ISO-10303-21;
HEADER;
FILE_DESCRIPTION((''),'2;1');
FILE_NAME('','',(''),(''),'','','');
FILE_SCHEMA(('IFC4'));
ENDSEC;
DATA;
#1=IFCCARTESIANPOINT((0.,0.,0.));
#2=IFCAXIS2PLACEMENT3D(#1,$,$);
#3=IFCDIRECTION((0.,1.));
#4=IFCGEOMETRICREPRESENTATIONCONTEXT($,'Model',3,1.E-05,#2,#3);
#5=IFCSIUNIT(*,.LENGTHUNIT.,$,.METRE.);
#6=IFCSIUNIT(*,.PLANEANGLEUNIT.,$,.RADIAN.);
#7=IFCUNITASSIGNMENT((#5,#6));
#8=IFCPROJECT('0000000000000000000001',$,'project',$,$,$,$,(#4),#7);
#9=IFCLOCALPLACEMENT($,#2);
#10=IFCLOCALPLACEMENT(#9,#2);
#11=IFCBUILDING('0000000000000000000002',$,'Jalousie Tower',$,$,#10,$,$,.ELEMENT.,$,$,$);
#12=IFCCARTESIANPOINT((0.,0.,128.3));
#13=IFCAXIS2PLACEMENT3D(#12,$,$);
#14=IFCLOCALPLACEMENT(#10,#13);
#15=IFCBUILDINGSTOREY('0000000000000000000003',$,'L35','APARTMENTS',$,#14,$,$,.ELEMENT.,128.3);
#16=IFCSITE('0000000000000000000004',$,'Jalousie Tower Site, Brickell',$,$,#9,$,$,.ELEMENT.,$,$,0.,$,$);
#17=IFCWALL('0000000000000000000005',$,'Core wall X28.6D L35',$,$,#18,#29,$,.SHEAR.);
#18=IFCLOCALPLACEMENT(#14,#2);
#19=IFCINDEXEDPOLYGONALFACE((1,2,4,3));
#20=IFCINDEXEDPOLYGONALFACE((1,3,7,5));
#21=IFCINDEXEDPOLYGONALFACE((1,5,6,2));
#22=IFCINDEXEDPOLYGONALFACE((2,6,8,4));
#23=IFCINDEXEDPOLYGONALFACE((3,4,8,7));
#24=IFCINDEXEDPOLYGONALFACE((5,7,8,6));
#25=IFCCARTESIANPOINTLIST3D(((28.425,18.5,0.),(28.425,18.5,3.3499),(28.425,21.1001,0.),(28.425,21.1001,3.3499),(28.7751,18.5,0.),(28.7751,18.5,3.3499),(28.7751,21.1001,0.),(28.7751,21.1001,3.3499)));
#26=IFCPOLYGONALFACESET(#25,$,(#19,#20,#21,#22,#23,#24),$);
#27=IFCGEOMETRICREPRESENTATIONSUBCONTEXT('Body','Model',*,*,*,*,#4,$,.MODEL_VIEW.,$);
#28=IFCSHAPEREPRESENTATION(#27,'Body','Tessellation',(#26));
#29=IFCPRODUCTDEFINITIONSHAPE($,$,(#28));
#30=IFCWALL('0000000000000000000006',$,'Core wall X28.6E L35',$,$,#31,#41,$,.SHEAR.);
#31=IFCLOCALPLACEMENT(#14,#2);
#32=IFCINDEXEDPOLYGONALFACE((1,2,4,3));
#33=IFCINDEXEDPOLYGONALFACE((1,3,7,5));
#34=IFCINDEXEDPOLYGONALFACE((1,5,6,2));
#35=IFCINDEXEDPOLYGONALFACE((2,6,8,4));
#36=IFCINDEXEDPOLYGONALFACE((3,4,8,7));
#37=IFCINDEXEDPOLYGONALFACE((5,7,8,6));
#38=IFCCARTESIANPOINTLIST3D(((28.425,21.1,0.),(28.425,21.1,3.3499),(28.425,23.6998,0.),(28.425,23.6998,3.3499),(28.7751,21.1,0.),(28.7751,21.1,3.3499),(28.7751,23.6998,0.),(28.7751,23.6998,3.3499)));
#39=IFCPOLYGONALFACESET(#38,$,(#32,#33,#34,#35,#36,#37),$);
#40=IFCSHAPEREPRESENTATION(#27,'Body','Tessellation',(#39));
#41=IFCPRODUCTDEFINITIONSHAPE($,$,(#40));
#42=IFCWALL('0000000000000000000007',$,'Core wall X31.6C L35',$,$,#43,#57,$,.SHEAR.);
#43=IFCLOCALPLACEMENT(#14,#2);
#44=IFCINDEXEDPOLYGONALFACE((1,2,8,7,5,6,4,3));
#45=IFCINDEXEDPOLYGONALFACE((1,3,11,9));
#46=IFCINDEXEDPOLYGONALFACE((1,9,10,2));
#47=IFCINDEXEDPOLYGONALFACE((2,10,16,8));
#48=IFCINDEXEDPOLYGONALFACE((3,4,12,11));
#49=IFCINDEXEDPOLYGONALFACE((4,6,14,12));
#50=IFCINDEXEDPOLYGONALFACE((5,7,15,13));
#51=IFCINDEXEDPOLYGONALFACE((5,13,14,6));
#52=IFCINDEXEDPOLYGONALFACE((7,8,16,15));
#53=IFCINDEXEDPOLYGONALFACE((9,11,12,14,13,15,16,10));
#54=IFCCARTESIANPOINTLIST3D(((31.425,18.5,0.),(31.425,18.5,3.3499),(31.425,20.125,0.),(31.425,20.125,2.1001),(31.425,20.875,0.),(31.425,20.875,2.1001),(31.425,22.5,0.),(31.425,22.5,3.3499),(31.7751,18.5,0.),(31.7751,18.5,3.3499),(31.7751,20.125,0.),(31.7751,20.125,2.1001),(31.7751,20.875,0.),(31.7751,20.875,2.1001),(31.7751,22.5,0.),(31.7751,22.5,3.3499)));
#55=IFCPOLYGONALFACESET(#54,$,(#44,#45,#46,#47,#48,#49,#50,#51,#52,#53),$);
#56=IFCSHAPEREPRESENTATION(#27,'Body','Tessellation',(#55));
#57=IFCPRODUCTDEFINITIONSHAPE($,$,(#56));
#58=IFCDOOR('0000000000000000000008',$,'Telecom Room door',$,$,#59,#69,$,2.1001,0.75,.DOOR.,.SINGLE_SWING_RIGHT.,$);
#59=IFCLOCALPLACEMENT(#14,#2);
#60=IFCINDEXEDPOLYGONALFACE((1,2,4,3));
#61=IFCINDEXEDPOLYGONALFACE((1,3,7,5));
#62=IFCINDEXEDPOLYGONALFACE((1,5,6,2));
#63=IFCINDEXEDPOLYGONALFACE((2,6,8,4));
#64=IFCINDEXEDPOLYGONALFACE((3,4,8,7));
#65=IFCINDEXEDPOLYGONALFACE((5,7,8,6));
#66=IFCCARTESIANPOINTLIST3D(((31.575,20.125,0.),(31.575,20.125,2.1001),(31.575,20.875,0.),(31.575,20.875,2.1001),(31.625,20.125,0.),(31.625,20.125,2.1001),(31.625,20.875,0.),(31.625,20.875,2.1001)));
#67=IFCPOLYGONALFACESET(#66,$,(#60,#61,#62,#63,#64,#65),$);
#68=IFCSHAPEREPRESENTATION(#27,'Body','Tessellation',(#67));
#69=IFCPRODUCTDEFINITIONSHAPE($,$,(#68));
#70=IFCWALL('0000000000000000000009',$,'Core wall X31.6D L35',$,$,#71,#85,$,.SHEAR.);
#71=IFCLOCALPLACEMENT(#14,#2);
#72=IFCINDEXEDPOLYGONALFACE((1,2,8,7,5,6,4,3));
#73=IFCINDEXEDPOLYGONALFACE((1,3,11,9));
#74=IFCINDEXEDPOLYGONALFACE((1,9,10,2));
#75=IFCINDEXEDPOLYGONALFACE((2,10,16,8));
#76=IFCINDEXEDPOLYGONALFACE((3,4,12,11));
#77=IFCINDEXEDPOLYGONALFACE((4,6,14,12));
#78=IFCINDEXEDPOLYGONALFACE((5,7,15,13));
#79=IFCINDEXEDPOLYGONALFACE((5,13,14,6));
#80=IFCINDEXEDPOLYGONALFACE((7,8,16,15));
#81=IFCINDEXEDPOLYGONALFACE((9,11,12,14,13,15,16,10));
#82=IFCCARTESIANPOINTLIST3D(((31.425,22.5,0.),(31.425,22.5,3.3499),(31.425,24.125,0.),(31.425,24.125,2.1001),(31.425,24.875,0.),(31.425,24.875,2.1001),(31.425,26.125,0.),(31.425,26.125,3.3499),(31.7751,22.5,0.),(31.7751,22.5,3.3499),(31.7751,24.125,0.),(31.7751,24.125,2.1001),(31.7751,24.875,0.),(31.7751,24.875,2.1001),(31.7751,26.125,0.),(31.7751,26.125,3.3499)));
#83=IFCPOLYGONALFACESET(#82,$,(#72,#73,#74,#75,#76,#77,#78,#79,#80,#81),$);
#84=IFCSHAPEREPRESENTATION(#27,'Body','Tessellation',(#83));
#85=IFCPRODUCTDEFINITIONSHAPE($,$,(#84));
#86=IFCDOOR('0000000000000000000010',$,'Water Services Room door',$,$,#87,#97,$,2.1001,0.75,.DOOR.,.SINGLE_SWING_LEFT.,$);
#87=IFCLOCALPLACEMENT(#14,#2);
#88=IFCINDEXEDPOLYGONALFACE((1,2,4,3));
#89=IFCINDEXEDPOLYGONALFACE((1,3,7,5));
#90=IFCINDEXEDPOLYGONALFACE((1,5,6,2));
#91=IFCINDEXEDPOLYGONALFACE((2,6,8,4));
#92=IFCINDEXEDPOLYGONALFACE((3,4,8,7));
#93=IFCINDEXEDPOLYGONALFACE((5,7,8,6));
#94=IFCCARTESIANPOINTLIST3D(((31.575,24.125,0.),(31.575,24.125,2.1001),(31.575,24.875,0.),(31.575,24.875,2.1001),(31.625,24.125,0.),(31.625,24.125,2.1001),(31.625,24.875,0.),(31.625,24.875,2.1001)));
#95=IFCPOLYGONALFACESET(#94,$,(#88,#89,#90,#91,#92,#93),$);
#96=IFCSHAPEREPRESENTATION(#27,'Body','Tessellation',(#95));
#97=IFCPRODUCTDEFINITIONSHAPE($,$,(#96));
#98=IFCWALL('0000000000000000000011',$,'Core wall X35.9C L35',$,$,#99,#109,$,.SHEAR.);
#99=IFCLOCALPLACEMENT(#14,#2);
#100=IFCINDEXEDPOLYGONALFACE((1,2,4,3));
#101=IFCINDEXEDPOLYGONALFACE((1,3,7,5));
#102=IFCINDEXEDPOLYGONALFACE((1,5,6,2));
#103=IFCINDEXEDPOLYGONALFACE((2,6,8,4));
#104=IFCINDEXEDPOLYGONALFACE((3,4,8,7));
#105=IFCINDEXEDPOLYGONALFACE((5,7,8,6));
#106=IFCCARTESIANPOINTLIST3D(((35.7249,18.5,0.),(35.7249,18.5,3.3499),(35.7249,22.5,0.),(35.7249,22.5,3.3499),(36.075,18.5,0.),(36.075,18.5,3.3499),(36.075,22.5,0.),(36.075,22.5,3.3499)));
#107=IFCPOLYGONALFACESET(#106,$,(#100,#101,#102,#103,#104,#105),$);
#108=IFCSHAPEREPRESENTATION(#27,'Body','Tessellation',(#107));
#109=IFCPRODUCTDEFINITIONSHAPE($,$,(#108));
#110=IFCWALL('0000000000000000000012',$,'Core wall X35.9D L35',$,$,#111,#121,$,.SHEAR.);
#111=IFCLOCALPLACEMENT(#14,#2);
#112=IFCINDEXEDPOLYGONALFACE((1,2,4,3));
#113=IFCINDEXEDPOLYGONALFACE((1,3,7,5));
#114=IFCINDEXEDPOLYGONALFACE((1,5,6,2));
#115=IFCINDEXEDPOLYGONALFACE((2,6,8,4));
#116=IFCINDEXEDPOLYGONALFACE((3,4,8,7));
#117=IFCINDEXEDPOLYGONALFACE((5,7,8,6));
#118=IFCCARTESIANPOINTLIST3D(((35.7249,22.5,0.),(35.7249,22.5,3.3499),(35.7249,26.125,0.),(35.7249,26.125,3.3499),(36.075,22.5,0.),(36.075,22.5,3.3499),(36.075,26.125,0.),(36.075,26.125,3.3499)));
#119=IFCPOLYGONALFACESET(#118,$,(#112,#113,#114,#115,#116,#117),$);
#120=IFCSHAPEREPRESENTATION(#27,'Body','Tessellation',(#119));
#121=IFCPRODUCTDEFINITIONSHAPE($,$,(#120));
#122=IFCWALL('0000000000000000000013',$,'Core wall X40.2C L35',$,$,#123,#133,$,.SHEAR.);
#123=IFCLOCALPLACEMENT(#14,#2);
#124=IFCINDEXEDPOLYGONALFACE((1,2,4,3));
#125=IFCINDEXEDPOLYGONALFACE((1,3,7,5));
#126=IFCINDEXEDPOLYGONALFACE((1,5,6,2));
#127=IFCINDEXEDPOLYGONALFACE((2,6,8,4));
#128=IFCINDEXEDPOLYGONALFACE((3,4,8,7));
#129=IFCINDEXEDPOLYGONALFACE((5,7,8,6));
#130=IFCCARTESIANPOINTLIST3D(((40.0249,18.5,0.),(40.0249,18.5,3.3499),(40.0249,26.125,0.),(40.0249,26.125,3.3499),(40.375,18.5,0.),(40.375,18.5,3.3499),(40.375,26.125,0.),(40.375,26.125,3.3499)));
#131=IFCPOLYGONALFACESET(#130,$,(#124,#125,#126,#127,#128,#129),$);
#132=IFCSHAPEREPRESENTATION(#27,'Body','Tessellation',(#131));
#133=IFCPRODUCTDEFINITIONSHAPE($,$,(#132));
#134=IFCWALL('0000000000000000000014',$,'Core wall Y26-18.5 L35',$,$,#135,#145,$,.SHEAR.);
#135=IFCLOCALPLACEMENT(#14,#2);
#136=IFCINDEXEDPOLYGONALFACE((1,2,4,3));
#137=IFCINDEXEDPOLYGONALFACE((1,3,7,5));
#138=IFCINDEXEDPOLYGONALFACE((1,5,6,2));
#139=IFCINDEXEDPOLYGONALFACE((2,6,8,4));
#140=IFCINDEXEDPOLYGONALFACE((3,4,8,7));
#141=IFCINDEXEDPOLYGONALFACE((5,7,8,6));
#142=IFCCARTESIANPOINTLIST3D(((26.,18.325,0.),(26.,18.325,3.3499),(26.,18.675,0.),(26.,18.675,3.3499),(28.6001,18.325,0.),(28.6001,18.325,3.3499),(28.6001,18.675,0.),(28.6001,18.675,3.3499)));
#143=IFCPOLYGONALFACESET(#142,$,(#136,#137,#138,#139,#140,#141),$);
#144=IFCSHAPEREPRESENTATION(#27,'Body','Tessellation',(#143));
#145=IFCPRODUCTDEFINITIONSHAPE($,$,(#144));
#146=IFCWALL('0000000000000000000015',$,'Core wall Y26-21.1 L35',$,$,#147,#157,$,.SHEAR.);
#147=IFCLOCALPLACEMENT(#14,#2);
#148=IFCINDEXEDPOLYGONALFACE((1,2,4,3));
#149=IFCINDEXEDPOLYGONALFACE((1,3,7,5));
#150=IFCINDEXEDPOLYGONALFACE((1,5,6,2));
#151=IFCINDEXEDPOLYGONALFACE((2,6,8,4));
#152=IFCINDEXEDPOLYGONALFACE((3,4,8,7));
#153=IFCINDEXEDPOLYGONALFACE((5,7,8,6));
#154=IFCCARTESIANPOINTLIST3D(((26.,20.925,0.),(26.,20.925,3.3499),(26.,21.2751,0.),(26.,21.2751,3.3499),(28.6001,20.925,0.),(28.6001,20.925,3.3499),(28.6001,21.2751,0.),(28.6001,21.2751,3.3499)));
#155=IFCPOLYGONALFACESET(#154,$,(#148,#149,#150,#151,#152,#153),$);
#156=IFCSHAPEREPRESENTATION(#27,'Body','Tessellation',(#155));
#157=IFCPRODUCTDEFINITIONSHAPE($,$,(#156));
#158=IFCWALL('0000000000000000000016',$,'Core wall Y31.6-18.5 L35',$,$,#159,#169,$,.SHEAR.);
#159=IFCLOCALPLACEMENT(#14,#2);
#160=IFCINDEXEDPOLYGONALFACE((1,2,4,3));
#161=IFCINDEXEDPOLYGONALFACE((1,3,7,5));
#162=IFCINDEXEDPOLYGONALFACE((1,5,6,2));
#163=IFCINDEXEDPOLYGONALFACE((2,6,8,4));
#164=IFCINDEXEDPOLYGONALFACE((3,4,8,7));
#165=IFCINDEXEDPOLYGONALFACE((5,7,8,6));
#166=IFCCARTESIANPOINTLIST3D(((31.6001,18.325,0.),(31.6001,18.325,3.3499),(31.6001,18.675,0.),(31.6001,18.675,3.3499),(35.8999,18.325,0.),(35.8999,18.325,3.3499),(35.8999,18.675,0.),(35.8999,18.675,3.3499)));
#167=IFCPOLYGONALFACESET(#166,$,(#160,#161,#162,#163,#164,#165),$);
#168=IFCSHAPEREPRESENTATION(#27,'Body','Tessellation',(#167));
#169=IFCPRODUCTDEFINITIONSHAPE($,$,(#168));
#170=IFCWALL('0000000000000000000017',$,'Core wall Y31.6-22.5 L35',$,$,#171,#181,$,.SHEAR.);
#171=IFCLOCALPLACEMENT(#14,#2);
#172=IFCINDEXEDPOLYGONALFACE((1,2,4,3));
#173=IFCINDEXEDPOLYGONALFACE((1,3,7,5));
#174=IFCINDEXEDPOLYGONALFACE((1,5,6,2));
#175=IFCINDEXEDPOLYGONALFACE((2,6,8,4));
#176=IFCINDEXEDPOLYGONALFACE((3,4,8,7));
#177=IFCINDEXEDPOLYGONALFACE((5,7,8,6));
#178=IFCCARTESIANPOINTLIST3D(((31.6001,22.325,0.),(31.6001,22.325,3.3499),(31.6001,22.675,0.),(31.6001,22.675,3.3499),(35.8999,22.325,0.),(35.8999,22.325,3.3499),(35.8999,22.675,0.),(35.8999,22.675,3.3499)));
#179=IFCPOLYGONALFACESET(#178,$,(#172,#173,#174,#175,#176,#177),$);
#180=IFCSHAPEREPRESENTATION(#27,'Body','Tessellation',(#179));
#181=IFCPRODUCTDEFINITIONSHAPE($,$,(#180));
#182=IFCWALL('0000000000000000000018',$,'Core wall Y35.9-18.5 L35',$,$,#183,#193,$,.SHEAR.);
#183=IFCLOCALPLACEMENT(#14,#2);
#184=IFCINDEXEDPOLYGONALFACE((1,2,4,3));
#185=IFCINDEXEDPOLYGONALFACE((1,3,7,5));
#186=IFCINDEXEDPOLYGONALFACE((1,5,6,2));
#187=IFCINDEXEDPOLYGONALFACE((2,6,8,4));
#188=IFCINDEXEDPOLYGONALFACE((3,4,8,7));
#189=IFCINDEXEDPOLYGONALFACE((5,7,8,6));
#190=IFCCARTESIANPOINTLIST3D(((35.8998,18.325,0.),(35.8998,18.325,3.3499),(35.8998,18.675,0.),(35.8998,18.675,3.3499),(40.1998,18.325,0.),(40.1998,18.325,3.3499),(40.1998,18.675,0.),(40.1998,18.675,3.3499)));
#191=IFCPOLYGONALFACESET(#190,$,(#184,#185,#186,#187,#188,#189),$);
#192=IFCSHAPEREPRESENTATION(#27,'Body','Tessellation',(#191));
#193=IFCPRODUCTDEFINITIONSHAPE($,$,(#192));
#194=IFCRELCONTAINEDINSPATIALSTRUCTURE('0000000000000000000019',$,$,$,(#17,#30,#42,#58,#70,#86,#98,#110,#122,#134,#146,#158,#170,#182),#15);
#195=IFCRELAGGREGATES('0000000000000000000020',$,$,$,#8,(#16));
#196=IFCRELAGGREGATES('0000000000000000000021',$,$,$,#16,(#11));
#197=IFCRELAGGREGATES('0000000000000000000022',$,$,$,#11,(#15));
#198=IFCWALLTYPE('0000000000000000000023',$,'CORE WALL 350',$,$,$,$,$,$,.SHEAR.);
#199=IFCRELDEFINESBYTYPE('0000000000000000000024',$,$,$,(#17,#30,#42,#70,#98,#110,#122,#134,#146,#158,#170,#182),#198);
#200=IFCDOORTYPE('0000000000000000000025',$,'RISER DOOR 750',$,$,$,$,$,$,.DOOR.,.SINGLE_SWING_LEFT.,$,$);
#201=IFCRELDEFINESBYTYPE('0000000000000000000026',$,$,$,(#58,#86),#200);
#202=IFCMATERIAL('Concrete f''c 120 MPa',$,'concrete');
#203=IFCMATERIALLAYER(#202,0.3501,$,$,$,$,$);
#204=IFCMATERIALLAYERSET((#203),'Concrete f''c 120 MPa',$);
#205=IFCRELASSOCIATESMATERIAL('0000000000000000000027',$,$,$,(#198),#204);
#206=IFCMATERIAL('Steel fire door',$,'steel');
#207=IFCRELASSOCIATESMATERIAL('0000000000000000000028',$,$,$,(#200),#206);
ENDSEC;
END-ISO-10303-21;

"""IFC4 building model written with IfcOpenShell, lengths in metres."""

from ifc_helpers import new_model, si_unit, direction, frame, frame_2d, origin, place, context, subcontext, project, spatial, rectangle, extrude, material, layer, layer_set, type_object, element, fill, save


model = new_model("IFC4")

# Units and contexts
model_context = context("Model", 3, precision=1e-05, world=origin(), true_north=direction((0.0, 1.0)))
body_context = subcontext(model_context, "Body", "Model", "MODEL_VIEW")
ifc_project = project(units=[si_unit("LENGTHUNIT", "METRE"), si_unit("PLANEANGLEUNIT", "RADIAN")], contexts=[model_context])

# Site, building, storey
site_placement = place(None, origin())
site = spatial("IfcSite", under=ifc_project, at=site_placement, Name="Jalousie Tower Site, Brickell", CompositionType="ELEMENT", RefElevation=0.0)
building_placement = place(site_placement, origin())
building = spatial("IfcBuilding", under=site, at=building_placement, Name="Jalousie Tower", CompositionType="ELEMENT")
storey_placement = place(building_placement, frame((0.0, 0.0, 128.3)))
storey = spatial("IfcBuildingStorey", under=building, at=storey_placement, Name="L35", Description="APARTMENTS", CompositionType="ELEMENT", Elevation=128.3)

# Walls
ifc_material_1 = material(Name="Concrete f'c 120 MPa", Category="concrete")
ifc_layer = layer(ifc_material_1, 0.3501)
ifc_layer_set = layer_set([ifc_layer], Name="Concrete f'c 120 MPa")
wall_type = type_object("IfcWallType", Name="CORE WALL 350", PredefinedType="SHEAR", material=ifc_layer_set)
wall_1_placement = place(storey_placement, frame((28.6001, 18.5, 0.0), z_axis=(0.0, 0.0, 1.0), x_axis=(0.0, 1.0, 0.0)))
element("IfcWall", 1, at=wall_1_placement, inside=storey, type_object=wall_type, Name="Core wall X28.6D L35", PredefinedType="SHEAR", context=body_context, shape_type="SweptSolid", body=[
    extrude(rectangle(XDim=2.6001, YDim=0.3501, at=frame_2d((1.3, 0.0))), origin(), (0.0, 0.0, 1.0), 3.3499),
])
wall_2_placement = place(storey_placement, frame((28.6001, 21.1001, 0.0), z_axis=(0.0, 0.0, 1.0), x_axis=(0.0, 1.0, 0.0)))
element("IfcWall", 2, at=wall_2_placement, inside=storey, type_object=wall_type, Name="Core wall X28.6E L35", PredefinedType="SHEAR", context=body_context, shape_type="SweptSolid", body=[
    extrude(rectangle(XDim=2.5999, YDim=0.3501, at=frame_2d((1.2998, 0.0))), origin(), (0.0, 0.0, 1.0), 3.3499),
])

# Walls, openings, doors
wall_3_placement = place(storey_placement, frame((31.6001, 18.5, 0.0), z_axis=(0.0, 0.0, 1.0), x_axis=(0.0, 1.0, 0.0)))
wall_3 = element("IfcWall", 3, at=wall_3_placement, inside=storey, type_object=wall_type, Name="Core wall X31.6C L35", PredefinedType="SHEAR", context=body_context, shape_type="SweptSolid", body=[
    extrude(rectangle(XDim=4.0, YDim=0.3501, at=frame_2d((2.0, 0.0))), origin(), (0.0, 0.0, 1.0), 3.3499),
])
opening_1_placement = place(wall_3_placement, frame((1.625, 0.0, 0.0)))
opening_1 = element("IfcOpeningElement", 4, at=opening_1_placement, cuts=wall_3, PredefinedType="OPENING", context=body_context, shape_type="SweptSolid", body=[
    extrude(rectangle(XDim=0.75, YDim=2.1001, at=frame_2d((0.375, 1.05))), frame((0.0, 0.1851, 0.0), z_axis=(0.0, -1.0, 0.0), x_axis=(1.0, 0.0, 0.0)), (0.0, 0.0, 1.0), 0.3701),
])
ifc_material_2 = material(Name="Steel fire door", Category="steel")
door_type_1 = type_object("IfcDoorType", Name="RISER DOOR 750", OperationType="SINGLE_SWING_LEFT", PredefinedType="DOOR", material=ifc_material_2)
door_1_placement = place(opening_1_placement, frame((0.75, 0.0, 0.0), z_axis=(0.0, 0.0, 1.0), x_axis=(-1.0, 0.0, 0.0)))
door_1 = element("IfcDoor", 5, at=door_1_placement, inside=storey, type_object=door_type_1, Name="Telecom Room door", OperationType="SINGLE_SWING_RIGHT", OverallHeight=2.1001, OverallWidth=0.75, PredefinedType="DOOR", context=body_context, shape_type="SweptSolid", body=[
    extrude(rectangle(XDim=0.75, YDim=2.1001, at=frame_2d((0.375, 1.05))), frame((0.0, 0.0249, 0.0), z_axis=(0.0, -1.0, 0.0), x_axis=(1.0, 0.0, 0.0)), (0.0, 0.0, 1.0), 0.05),
])
fill(opening_1, door_1)
wall_4_placement = place(storey_placement, frame((31.6001, 22.5, 0.0), z_axis=(0.0, 0.0, 1.0), x_axis=(0.0, 1.0, 0.0)))
wall_4 = element("IfcWall", 6, at=wall_4_placement, inside=storey, type_object=wall_type, Name="Core wall X31.6D L35", PredefinedType="SHEAR", context=body_context, shape_type="SweptSolid", body=[
    extrude(rectangle(XDim=3.625, YDim=0.3501, at=frame_2d((1.8125, 0.0))), origin(), (0.0, 0.0, 1.0), 3.3499),
])
opening_2_placement = place(wall_4_placement, frame((1.625, 0.0, 0.0)))
opening_2 = element("IfcOpeningElement", 7, at=opening_2_placement, cuts=wall_4, PredefinedType="OPENING", context=body_context, shape_type="SweptSolid", body=[
    extrude(rectangle(XDim=0.75, YDim=2.1001, at=frame_2d((0.375, 1.05))), frame((0.0, 0.1851, 0.0), z_axis=(0.0, -1.0, 0.0), x_axis=(1.0, 0.0, 0.0)), (0.0, 0.0, 1.0), 0.3701),
])
door_2_placement = place(opening_2_placement, frame((0.75, 0.0, 0.0), z_axis=(0.0, 0.0, 1.0), x_axis=(-1.0, 0.0, 0.0)))
door_2 = element("IfcDoor", 8, at=door_2_placement, inside=storey, type_object=door_type_1, Name="Water Services Room door", OperationType="SINGLE_SWING_LEFT", OverallHeight=2.1001, OverallWidth=0.75, PredefinedType="DOOR", context=body_context, shape_type="SweptSolid", body=[
    extrude(rectangle(XDim=0.75, YDim=2.1001, at=frame_2d((0.375, 1.05))), frame((0.0, 0.0249, 0.0), z_axis=(0.0, -1.0, 0.0), x_axis=(1.0, 0.0, 0.0)), (0.0, 0.0, 1.0), 0.05),
])
fill(opening_2, door_2)

# Walls
wall_5_placement = place(storey_placement, frame((35.8999, 18.5, 0.0), z_axis=(0.0, 0.0, 1.0), x_axis=(0.0, 1.0, 0.0)))
element("IfcWall", 9, at=wall_5_placement, inside=storey, type_object=wall_type, Name="Core wall X35.9C L35", PredefinedType="SHEAR", context=body_context, shape_type="SweptSolid", body=[
    extrude(rectangle(XDim=4.0, YDim=0.3501, at=frame_2d((2.0, 0.0))), origin(), (0.0, 0.0, 1.0), 3.3499),
])
wall_6_placement = place(storey_placement, frame((35.8999, 22.5, 0.0), z_axis=(0.0, 0.0, 1.0), x_axis=(0.0, 1.0, 0.0)))
element("IfcWall", 10, at=wall_6_placement, inside=storey, type_object=wall_type, Name="Core wall X35.9D L35", PredefinedType="SHEAR", context=body_context, shape_type="SweptSolid", body=[
    extrude(rectangle(XDim=3.625, YDim=0.3501, at=frame_2d((1.8125, 0.0))), origin(), (0.0, 0.0, 1.0), 3.3499),
])
wall_7_placement = place(storey_placement, frame((40.2, 18.5, 0.0), z_axis=(0.0, 0.0, 1.0), x_axis=(0.0, 1.0, 0.0)))
element("IfcWall", 11, at=wall_7_placement, inside=storey, type_object=wall_type, Name="Core wall X40.2C L35", PredefinedType="SHEAR", context=body_context, shape_type="SweptSolid", body=[
    extrude(rectangle(XDim=7.625, YDim=0.3501, at=frame_2d((3.8125, 0.0))), origin(), (0.0, 0.0, 1.0), 3.3499),
])
for number, where, z_axis, x_axis, name in (
    (12, (26.0, 18.5, 0.0), (0.0, 0.0, 1.0), (1.0, 0.0, 0.0), "Core wall Y26-18.5 L35"),
    (13, (26.0, 21.1001, 0.0), (0.0, 0.0, 1.0), (1.0, 0.0, 0.0), "Core wall Y26-21.1 L35"),
):
    element("IfcWall", number, at=place(storey_placement, frame(where, z_axis=z_axis, x_axis=x_axis)), inside=storey, type_object=wall_type, Name=name, PredefinedType="SHEAR", context=body_context, shape_type="SweptSolid", body=[
        extrude(rectangle(XDim=2.6001, YDim=0.3501, at=frame_2d((1.3, 0.0))), origin(), (0.0, 0.0, 1.0), 3.3499),
    ])
for number, where, z_axis, x_axis, name in (
    (14, (31.6001, 18.5, 0.0), (0.0, 0.0, 1.0), (1.0, 0.0, 0.0), "Core wall Y31.6-18.5 L35"),
    (15, (31.6001, 22.5, 0.0), (0.0, 0.0, 1.0), (1.0, 0.0, 0.0), "Core wall Y31.6-22.5 L35"),
):
    element("IfcWall", number, at=place(storey_placement, frame(where, z_axis=z_axis, x_axis=x_axis)), inside=storey, type_object=wall_type, Name=name, PredefinedType="SHEAR", context=body_context, shape_type="SweptSolid", body=[
        extrude(rectangle(XDim=4.2998, YDim=0.3501, at=frame_2d((2.1499, 0.0))), origin(), (0.0, 0.0, 1.0), 3.3499),
    ])
wall_8_placement = place(storey_placement, frame((35.8999, 18.5, 0.0), z_axis=(0.0, 0.0, 1.0), x_axis=(1.0, 0.0, 0.0)))
element("IfcWall", 16, at=wall_8_placement, inside=storey, type_object=wall_type, Name="Core wall Y35.9-18.5 L35", PredefinedType="SHEAR", context=body_context, shape_type="SweptSolid", body=[
    extrude(rectangle(XDim=4.3, YDim=0.3501, at=frame_2d((2.1499, 0.0))), origin(), (0.0, 0.0, 1.0), 3.3499),
])

save(model, "model.ifc")
